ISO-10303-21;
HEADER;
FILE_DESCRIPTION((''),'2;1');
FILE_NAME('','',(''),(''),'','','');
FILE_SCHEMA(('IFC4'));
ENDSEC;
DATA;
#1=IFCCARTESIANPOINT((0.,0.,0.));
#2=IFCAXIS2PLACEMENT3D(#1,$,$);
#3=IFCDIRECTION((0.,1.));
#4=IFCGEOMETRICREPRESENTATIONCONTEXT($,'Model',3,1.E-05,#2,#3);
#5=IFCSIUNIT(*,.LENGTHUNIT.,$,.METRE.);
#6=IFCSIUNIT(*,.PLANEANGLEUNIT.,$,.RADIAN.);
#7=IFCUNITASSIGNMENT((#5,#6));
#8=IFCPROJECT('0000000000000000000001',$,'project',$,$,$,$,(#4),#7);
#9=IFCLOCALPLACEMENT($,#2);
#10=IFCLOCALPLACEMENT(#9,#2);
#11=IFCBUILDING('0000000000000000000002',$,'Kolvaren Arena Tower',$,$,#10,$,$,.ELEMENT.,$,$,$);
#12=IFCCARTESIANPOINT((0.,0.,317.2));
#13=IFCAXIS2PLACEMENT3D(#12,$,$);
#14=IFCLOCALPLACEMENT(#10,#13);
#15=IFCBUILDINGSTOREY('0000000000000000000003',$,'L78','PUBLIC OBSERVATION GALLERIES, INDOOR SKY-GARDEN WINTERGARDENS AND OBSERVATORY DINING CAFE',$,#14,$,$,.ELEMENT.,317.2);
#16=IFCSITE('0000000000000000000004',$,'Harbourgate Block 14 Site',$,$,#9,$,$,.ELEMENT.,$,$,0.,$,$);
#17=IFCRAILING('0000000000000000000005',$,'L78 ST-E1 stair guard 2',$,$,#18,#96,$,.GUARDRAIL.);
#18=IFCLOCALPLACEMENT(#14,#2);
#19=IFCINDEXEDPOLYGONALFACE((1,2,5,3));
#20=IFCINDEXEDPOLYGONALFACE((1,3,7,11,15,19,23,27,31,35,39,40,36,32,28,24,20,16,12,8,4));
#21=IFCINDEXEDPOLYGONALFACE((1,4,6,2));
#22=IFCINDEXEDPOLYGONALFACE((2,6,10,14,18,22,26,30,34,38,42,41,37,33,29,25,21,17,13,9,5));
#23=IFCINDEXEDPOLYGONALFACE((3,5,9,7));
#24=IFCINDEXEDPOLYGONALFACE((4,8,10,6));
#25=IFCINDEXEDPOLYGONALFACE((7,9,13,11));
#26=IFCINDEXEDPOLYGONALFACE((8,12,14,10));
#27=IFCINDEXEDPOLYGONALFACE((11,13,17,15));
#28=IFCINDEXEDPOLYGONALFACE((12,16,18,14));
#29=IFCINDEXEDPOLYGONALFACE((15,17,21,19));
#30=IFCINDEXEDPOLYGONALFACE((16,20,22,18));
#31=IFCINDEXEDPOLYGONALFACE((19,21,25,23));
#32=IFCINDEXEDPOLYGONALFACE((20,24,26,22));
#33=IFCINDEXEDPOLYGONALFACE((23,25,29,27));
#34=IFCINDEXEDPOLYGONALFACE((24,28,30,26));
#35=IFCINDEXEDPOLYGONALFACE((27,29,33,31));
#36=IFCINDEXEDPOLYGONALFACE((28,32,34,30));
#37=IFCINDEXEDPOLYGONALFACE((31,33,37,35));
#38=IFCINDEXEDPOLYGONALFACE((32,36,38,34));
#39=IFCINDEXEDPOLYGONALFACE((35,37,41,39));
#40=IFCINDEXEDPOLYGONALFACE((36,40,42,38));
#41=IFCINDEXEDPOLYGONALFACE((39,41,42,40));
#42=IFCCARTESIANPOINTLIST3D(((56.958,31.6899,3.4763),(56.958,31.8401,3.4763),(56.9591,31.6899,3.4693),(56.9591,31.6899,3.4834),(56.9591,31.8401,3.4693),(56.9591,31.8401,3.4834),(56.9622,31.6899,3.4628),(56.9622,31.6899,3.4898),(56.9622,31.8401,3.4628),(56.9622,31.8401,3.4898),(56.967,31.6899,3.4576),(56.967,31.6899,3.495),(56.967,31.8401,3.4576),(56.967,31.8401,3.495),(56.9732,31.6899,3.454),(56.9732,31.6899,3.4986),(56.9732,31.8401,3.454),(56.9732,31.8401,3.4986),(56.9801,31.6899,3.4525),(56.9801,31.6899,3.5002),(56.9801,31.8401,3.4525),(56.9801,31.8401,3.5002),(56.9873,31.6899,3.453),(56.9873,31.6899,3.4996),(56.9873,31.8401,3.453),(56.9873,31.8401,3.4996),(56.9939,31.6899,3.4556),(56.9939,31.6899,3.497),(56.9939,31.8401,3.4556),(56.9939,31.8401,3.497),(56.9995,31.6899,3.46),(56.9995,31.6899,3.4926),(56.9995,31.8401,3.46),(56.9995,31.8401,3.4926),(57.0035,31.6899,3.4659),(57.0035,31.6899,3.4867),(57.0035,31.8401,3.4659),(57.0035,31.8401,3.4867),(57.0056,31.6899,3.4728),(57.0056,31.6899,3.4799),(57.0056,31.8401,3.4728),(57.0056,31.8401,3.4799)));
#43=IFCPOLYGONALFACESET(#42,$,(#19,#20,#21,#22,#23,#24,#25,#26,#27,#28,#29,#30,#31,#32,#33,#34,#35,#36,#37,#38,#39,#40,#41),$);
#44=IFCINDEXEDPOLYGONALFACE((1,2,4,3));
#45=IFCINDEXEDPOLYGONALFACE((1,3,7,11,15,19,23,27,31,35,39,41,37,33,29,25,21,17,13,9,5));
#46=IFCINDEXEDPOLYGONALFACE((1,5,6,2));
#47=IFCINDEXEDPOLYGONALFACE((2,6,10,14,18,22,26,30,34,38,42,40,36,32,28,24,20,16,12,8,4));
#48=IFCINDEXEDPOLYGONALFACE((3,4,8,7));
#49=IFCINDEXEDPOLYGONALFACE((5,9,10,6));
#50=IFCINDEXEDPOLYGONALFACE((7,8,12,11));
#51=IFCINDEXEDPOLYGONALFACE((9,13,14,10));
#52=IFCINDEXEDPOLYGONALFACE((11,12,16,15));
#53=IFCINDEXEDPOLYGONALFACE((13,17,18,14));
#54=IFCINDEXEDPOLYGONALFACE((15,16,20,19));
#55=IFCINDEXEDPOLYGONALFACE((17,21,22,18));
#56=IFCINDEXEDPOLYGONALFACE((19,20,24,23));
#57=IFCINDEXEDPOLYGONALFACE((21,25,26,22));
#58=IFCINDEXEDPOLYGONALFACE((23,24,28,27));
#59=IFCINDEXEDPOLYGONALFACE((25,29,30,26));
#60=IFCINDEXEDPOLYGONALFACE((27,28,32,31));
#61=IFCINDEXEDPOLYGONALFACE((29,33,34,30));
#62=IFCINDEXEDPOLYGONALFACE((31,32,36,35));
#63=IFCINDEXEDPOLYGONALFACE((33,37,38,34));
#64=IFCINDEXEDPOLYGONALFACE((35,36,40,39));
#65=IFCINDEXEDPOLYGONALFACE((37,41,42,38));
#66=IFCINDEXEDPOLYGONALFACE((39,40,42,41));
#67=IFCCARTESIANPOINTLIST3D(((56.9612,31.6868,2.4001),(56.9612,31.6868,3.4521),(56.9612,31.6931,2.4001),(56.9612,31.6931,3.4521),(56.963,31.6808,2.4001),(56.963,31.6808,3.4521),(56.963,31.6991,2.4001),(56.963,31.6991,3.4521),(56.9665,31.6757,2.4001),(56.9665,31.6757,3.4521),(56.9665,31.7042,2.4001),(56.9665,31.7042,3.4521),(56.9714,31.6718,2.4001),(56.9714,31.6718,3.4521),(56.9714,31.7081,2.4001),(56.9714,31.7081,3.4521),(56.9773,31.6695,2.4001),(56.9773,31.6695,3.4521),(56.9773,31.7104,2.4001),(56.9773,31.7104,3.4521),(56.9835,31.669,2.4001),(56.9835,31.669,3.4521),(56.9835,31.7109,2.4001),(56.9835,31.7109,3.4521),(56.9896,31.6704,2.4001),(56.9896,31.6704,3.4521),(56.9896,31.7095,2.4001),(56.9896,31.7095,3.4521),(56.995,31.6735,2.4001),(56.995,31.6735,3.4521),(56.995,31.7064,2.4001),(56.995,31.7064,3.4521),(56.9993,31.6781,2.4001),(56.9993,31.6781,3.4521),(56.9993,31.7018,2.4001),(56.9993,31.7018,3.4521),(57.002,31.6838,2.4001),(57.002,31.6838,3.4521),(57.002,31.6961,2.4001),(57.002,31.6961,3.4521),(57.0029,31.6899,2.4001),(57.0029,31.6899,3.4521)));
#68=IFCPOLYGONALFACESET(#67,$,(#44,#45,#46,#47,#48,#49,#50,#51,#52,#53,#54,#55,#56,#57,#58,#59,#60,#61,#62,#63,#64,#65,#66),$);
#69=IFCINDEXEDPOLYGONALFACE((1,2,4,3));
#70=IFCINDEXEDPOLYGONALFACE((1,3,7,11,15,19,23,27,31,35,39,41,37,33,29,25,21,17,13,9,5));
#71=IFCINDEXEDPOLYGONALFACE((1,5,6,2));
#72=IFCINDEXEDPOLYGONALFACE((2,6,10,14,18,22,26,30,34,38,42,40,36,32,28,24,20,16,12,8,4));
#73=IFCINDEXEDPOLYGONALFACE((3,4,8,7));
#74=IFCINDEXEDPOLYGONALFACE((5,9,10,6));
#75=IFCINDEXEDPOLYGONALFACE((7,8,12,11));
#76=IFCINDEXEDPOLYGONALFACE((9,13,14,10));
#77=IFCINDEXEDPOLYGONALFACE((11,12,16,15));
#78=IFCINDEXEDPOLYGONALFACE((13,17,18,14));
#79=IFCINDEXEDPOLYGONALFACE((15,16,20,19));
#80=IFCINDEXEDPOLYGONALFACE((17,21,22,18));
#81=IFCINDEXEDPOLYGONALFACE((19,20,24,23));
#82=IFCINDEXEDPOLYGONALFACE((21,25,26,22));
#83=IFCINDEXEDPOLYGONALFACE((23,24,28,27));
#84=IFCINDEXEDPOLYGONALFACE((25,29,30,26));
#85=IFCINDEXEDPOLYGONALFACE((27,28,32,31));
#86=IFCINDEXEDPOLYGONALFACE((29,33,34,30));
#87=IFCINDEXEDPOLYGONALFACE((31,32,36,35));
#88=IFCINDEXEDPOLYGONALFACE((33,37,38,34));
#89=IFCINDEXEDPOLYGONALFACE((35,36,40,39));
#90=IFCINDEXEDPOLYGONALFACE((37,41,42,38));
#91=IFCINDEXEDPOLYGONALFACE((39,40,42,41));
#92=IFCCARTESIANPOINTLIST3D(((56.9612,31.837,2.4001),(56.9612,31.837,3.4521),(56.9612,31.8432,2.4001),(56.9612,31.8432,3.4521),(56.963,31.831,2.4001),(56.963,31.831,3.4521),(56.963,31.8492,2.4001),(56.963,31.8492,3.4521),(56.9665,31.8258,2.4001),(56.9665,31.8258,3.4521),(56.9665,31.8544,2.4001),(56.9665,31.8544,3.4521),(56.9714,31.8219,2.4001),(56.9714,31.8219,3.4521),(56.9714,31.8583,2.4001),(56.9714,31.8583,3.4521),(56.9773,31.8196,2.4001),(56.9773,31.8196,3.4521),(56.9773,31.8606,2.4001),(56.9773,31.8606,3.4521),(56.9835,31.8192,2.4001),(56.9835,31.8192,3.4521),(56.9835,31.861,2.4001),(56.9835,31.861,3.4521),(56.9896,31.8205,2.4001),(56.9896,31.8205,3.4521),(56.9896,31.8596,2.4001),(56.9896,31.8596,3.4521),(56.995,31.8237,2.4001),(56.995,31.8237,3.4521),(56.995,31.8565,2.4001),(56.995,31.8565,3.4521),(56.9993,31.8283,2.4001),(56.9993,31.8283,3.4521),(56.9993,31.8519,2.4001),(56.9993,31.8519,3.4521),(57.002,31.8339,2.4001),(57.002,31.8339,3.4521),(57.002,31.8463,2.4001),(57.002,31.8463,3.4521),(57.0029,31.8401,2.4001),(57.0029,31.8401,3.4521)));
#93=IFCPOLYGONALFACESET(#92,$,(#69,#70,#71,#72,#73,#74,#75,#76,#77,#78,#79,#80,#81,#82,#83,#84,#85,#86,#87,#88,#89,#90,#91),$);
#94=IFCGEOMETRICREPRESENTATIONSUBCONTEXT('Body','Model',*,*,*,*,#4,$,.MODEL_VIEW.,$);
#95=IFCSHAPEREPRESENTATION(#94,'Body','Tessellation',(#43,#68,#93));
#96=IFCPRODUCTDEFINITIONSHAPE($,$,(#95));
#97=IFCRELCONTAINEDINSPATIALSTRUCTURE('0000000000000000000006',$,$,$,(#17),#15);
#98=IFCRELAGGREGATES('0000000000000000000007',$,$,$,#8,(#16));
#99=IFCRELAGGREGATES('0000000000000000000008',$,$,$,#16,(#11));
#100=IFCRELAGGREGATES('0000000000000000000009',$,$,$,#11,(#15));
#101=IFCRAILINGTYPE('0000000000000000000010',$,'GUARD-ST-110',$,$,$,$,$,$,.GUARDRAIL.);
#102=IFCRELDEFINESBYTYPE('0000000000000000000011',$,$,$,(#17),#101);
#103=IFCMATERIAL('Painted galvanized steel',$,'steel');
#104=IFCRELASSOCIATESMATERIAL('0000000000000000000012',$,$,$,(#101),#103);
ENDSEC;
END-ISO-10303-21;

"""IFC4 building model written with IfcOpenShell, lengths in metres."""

from ifc_helpers import new_model, si_unit, direction, frame, origin, origin_2d, place, context, subcontext, project, spatial, circle, extrude, material, type_object, element, save


model = new_model("IFC4")

# Units and contexts
model_context = context("Model", 3, precision=1e-05, world=origin(), true_north=direction((0.0, 1.0)))
body_context = subcontext(model_context, "Body", "Model", "MODEL_VIEW")
ifc_project = project(units=[si_unit("LENGTHUNIT", "METRE"), si_unit("PLANEANGLEUNIT", "RADIAN")], contexts=[model_context])

# Site, building, storey
site_placement = place(None, origin())
site = spatial("IfcSite", under=ifc_project, at=site_placement, Name="Harbourgate Block 14 Site", CompositionType="ELEMENT", RefElevation=0.0)
building_placement = place(site_placement, origin())
building = spatial("IfcBuilding", under=site, at=building_placement, Name="Kolvaren Arena Tower", CompositionType="ELEMENT")
storey_placement = place(building_placement, frame((0.0, 0.0, 317.2)))
storey = spatial("IfcBuildingStorey", under=building, at=storey_placement, Name="L78", Description="PUBLIC OBSERVATION GALLERIES, INDOOR SKY-GARDEN WINTERGARDENS AND OBSERVATORY DINING CAFE", CompositionType="ELEMENT", Elevation=317.2)

# Railing
ifc_material_1 = material(Name="Painted galvanized steel", Category="steel")
railing_type = type_object("IfcRailingType", Name="GUARD-ST-110", PredefinedType="GUARDRAIL", material=ifc_material_1)
railing_1_placement = place(storey_placement, frame((56.9819, 31.6899, 2.4001)))
element("IfcRailing", 1, at=railing_1_placement, inside=storey, type_object=railing_type, Name="L78 ST-E1 stair guard 2", PredefinedType="GUARDRAIL", context=body_context, shape_type="SweptSolid", body=[
    extrude(circle(Radius=0.0239, at=origin_2d()), frame((0.0, 0.0, 1.0762), z_axis=(0.0, 1.0, 0.0), x_axis=(-1.0, 0.0, 0.0)), (0.0, 0.0, 1.0), 0.1501),
    extrude(circle(Radius=0.021, at=origin_2d()), origin(), (0.0, 0.0, 1.0), 1.052),
    extrude(circle(Radius=0.021, at=origin_2d()), frame((0.0, 0.1501, 0.0)), (0.0, 0.0, 1.0), 1.052),
])

save(model, "model.ifc")
